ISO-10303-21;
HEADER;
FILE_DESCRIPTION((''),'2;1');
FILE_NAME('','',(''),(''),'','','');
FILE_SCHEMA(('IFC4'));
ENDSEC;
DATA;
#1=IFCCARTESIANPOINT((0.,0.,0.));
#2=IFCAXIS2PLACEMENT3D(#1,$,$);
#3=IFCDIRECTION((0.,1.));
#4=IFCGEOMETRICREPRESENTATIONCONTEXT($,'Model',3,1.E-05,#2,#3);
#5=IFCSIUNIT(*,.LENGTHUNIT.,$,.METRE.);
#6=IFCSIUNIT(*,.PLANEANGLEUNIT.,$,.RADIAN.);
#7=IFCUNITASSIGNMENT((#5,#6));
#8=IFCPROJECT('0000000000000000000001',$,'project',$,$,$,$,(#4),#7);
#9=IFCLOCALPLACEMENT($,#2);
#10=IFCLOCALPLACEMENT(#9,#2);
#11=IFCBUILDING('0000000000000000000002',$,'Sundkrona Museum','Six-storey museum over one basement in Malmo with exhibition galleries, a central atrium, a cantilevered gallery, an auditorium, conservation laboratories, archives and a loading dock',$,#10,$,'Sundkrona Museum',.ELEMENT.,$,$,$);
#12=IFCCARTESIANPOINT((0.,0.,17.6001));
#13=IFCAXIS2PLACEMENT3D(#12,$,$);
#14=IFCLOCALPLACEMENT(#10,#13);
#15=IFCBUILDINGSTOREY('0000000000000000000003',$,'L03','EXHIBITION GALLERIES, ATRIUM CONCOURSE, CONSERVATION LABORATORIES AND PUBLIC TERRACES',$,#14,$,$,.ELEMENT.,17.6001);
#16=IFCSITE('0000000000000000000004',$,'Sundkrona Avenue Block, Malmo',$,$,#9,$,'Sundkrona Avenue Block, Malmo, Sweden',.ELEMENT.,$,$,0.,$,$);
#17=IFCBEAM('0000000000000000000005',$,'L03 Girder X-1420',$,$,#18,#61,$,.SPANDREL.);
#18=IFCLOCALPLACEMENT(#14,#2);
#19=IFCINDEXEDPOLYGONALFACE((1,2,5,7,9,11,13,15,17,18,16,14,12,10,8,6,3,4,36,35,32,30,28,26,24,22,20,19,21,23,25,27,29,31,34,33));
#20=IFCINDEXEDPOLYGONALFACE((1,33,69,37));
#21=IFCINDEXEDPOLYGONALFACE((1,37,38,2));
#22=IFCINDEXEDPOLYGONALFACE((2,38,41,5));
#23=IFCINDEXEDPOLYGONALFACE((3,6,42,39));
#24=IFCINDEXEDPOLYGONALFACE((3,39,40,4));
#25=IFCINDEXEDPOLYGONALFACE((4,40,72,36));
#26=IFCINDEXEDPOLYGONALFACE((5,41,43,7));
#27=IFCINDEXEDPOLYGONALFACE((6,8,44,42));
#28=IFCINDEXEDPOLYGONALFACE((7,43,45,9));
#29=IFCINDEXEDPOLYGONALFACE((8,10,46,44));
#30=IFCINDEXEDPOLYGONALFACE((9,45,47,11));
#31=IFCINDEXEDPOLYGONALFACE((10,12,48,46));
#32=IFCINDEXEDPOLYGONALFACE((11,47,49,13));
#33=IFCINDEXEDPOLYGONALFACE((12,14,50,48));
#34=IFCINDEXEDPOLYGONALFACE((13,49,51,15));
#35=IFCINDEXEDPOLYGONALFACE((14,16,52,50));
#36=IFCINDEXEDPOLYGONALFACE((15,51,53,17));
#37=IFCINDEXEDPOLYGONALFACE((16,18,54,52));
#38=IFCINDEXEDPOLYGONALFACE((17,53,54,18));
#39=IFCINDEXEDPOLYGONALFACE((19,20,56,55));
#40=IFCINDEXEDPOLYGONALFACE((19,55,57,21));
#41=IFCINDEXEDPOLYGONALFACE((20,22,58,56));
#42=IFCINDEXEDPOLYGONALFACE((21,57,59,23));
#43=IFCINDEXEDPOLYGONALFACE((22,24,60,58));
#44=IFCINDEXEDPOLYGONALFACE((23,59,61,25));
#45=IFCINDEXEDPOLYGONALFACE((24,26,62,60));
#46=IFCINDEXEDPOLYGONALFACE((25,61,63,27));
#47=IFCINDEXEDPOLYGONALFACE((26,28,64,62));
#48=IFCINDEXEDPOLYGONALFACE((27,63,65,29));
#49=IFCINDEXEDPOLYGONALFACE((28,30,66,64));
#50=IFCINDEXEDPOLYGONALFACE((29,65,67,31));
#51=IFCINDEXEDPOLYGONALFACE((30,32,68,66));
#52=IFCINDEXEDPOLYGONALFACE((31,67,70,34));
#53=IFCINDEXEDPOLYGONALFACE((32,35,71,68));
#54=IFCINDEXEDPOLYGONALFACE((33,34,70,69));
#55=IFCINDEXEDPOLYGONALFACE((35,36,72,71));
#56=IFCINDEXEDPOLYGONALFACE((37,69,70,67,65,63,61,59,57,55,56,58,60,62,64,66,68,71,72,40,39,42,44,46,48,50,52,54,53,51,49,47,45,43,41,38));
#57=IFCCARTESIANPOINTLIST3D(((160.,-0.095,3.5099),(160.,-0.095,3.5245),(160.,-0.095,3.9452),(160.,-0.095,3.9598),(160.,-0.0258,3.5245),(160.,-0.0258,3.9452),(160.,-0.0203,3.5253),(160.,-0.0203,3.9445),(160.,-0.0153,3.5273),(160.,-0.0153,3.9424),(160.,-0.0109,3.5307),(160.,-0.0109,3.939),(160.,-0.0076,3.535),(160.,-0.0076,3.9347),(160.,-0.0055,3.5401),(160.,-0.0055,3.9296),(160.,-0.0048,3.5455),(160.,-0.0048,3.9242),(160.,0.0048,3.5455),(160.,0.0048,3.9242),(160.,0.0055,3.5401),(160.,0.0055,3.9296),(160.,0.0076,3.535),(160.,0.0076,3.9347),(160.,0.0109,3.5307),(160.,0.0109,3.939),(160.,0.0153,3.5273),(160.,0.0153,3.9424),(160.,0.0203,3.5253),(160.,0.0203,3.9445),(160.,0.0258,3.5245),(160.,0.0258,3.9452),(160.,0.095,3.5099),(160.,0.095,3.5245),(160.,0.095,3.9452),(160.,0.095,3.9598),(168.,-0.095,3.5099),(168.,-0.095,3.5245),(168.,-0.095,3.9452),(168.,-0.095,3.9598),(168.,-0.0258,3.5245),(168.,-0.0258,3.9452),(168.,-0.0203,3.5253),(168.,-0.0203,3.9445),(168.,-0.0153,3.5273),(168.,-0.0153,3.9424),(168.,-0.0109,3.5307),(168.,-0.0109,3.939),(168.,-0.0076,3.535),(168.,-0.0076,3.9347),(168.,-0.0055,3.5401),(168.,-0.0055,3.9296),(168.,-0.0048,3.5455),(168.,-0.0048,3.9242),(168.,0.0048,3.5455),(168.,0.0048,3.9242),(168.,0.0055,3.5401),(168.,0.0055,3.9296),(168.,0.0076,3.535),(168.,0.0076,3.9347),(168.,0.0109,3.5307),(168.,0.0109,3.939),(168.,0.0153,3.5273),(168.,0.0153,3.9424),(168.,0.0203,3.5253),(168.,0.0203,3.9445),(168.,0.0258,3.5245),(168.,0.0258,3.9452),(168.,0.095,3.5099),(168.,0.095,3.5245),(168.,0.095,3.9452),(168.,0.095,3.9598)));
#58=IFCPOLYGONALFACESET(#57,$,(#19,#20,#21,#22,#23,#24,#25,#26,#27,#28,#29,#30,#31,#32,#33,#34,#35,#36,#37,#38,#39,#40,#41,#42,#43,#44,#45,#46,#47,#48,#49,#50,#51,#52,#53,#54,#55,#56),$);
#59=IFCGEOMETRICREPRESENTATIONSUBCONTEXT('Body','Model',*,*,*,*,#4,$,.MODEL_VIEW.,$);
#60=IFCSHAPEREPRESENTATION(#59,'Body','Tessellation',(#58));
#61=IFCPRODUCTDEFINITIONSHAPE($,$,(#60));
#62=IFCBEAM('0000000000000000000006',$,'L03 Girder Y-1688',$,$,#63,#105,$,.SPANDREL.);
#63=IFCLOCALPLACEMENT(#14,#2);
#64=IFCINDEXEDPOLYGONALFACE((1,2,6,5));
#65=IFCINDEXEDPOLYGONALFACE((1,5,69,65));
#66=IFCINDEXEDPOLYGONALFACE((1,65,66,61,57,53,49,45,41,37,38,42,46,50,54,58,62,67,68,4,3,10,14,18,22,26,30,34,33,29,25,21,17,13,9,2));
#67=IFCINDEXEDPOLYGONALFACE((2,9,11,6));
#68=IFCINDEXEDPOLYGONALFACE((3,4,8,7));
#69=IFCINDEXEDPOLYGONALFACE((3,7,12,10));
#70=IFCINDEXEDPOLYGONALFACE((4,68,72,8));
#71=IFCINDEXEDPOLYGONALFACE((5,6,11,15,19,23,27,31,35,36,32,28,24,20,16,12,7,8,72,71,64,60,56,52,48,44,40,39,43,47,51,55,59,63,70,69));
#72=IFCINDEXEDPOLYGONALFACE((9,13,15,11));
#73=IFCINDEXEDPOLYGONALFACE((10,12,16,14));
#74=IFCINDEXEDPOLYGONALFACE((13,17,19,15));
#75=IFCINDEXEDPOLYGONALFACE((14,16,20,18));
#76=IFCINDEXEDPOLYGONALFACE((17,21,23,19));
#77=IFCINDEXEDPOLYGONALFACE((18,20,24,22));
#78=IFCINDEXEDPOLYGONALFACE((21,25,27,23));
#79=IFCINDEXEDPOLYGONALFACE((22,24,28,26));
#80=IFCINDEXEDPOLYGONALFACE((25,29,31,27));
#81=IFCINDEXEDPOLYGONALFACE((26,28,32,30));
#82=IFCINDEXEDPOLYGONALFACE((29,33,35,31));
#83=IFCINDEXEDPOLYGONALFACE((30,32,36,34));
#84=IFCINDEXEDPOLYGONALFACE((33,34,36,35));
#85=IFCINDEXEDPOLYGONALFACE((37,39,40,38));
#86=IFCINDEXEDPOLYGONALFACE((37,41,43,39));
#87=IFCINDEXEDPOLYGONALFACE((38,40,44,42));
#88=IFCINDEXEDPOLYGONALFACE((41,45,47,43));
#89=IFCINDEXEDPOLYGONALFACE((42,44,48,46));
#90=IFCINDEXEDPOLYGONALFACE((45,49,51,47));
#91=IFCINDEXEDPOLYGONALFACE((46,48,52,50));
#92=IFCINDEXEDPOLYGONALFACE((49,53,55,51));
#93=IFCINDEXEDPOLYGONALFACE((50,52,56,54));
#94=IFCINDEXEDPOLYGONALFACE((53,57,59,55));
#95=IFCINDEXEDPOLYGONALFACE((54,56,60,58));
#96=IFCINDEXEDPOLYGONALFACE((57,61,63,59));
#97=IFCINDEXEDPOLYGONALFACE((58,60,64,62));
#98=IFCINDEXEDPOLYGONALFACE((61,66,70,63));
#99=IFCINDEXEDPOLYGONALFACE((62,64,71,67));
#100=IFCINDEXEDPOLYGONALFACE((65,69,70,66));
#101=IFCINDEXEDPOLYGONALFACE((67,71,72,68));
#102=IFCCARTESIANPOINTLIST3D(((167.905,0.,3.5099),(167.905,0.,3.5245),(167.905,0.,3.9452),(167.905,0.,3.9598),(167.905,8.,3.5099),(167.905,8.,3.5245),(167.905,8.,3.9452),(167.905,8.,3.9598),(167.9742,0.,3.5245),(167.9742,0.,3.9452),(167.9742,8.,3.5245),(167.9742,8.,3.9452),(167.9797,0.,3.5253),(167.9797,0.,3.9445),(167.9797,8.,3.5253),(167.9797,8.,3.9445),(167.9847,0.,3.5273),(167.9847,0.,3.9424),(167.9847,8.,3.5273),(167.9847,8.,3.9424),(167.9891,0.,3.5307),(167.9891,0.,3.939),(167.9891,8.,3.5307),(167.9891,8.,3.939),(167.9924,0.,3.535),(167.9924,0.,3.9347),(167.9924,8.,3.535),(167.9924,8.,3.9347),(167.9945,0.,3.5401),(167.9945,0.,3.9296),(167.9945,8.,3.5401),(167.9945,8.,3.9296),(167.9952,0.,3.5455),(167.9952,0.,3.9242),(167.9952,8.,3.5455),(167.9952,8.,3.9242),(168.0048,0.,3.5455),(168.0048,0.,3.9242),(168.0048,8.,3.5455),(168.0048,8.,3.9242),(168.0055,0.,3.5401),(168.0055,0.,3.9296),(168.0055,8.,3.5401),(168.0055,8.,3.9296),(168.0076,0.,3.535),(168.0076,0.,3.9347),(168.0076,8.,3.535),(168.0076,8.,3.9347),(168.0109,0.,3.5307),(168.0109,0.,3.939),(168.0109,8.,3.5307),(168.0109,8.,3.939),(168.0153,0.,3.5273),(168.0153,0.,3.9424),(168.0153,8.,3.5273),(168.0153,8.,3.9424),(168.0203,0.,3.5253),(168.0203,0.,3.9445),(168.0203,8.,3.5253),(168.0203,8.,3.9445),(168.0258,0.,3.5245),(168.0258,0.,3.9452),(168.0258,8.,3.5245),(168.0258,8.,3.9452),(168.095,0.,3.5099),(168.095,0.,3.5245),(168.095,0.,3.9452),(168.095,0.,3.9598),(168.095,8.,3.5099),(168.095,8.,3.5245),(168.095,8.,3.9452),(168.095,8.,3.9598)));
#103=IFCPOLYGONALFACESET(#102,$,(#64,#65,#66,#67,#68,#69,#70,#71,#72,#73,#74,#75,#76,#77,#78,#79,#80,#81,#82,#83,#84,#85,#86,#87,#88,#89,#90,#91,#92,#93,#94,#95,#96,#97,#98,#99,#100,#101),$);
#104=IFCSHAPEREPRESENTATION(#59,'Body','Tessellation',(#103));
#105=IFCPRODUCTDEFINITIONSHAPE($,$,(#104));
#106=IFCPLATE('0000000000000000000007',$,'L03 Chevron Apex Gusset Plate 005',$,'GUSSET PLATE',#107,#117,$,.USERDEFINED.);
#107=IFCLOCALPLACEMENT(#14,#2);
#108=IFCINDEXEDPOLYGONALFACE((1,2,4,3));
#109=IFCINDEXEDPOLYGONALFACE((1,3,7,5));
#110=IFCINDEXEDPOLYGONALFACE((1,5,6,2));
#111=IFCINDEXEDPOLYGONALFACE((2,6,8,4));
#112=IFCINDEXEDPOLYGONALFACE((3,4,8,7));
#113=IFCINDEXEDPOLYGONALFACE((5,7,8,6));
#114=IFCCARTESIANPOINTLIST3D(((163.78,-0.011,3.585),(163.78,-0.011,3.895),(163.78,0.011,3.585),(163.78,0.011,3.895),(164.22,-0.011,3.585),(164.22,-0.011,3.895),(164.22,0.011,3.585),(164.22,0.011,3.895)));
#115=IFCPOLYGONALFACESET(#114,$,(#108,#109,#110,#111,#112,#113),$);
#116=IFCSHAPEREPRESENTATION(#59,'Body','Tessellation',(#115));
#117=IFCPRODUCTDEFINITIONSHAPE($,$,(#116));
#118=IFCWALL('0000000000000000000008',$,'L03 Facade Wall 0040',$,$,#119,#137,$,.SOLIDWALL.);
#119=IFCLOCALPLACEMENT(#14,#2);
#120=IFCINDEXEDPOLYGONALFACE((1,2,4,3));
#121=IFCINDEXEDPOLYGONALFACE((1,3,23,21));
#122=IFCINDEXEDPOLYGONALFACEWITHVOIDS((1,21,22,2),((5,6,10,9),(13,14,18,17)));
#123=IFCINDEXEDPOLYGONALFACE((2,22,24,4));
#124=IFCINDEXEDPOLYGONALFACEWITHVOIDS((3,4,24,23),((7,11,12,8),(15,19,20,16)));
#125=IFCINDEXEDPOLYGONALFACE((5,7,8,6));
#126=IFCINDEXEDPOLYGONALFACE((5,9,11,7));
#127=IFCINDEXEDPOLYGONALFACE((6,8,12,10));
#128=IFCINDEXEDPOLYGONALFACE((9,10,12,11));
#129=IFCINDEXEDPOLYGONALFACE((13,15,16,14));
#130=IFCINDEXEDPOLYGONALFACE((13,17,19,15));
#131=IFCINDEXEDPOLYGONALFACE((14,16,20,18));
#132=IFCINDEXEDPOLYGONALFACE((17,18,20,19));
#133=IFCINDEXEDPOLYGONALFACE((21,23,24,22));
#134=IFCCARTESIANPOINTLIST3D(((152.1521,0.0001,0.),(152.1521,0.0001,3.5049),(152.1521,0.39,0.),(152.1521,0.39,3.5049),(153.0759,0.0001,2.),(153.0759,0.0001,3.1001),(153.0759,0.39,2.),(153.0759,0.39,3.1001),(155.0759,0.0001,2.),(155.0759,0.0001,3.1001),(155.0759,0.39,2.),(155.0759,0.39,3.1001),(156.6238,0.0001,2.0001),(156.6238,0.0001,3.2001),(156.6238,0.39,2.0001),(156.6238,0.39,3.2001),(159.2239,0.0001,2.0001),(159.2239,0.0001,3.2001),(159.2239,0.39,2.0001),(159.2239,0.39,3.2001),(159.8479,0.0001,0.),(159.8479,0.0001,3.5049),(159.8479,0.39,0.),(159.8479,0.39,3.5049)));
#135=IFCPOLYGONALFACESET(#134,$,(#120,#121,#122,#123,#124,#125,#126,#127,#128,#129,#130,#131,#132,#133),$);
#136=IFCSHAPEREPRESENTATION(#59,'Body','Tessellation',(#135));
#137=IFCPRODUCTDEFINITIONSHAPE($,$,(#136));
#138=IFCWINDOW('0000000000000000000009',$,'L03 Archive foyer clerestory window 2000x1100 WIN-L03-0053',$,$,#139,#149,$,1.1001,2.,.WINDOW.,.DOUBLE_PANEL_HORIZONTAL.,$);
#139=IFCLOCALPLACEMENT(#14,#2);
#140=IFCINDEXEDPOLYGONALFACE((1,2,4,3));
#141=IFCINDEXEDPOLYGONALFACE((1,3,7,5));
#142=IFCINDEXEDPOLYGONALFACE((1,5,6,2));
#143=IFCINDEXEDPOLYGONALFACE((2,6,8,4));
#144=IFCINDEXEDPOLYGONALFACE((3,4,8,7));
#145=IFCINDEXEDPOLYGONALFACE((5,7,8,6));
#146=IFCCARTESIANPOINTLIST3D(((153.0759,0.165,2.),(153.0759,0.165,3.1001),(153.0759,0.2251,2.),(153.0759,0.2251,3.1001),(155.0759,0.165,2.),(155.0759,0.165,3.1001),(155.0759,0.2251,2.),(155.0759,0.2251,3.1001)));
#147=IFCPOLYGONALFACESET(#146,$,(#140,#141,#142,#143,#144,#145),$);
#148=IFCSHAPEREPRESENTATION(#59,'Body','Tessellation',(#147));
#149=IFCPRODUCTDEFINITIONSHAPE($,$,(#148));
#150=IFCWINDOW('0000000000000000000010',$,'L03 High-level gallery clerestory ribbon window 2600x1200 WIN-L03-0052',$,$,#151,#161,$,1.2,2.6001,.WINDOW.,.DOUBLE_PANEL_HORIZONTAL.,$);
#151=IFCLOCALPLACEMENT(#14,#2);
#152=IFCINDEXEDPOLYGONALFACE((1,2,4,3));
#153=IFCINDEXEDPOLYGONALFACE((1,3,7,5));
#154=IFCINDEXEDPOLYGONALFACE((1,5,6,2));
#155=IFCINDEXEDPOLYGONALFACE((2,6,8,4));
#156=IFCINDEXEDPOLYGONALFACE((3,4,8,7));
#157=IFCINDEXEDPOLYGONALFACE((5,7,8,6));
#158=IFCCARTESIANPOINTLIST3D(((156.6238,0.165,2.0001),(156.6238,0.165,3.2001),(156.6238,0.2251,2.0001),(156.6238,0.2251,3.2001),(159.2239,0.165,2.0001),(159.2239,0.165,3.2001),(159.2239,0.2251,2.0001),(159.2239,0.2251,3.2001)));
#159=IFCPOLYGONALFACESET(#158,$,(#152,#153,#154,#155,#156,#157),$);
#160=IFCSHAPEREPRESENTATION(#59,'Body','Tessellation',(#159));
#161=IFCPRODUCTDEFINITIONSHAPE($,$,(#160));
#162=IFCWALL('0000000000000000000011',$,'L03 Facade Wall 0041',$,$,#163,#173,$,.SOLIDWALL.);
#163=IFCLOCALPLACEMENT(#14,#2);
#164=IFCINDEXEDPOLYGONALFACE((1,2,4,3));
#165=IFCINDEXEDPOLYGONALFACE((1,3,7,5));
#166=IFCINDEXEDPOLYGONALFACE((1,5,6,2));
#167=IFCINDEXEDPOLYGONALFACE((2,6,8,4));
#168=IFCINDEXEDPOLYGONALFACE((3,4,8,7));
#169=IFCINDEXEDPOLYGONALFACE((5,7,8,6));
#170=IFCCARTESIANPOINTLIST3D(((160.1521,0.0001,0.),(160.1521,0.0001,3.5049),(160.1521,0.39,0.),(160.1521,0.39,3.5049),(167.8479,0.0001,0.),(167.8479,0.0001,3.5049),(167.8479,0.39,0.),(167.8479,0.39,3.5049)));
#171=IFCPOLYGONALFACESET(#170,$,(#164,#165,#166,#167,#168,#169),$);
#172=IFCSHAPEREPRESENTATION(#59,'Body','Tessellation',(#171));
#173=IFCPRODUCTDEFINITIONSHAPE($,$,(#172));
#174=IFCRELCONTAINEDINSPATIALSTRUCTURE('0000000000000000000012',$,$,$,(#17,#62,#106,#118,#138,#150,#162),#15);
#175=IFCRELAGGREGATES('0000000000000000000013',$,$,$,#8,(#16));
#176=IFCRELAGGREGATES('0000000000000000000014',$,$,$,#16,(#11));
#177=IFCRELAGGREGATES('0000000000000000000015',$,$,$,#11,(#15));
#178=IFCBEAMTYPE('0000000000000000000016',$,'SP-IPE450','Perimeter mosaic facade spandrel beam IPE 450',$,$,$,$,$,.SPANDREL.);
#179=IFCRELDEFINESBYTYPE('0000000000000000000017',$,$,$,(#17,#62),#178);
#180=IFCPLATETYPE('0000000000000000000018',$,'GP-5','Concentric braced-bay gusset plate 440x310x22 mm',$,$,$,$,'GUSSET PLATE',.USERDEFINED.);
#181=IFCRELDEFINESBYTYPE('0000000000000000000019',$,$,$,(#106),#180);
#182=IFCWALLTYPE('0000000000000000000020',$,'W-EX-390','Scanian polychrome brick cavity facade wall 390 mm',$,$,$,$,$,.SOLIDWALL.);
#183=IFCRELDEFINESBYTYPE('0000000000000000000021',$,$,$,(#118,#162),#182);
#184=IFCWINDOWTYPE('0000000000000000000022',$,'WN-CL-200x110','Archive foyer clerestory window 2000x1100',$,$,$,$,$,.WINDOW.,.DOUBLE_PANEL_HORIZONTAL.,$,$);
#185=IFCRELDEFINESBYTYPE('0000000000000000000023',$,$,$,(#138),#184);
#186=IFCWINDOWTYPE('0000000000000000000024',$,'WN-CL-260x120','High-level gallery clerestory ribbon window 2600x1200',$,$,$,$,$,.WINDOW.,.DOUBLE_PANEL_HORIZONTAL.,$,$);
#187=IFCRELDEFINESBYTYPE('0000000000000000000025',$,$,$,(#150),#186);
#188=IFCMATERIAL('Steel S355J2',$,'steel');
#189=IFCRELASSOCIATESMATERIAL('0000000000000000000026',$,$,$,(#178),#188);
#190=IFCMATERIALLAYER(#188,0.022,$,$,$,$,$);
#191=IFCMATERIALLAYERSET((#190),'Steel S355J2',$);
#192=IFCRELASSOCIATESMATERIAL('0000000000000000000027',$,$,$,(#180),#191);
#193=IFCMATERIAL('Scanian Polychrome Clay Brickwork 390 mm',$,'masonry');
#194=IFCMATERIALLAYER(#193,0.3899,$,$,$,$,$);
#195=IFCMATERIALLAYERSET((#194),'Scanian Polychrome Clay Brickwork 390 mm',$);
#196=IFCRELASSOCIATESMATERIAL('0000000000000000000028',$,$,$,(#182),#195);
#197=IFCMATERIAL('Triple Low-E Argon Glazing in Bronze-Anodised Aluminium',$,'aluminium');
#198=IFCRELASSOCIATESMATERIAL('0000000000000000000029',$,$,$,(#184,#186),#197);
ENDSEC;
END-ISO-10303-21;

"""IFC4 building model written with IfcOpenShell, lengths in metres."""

from ifc_helpers import new_model, si_unit, direction, frame, frame_2d, origin, origin_2d, place, context, subcontext, project, spatial, rectangle, i_section, extrude, material, layer, layer_set, material_profile, profile_set, type_object, element, fill, save


model = new_model("IFC4")

# Units and contexts
model_context = context("Model", 3, precision=1e-05, world=origin(), true_north=direction((0.0, 1.0)))
body_context = subcontext(model_context, "Body", "Model", "MODEL_VIEW")
ifc_project = project(units=[si_unit("LENGTHUNIT", "METRE"), si_unit("PLANEANGLEUNIT", "RADIAN")], contexts=[model_context])

# Site, building, storey
site_placement = place(None, origin())
site = spatial("IfcSite", under=ifc_project, at=site_placement, Name="Sundkrona Avenue Block, Malmo", LongName="Sundkrona Avenue Block, Malmo, Sweden", CompositionType="ELEMENT", RefElevation=0.0)
building_placement = place(site_placement, origin())
building = spatial("IfcBuilding", under=site, at=building_placement, Name="Sundkrona Museum", Description="Six-storey museum over one basement in Malmo with exhibition galleries, a central atrium, a cantilevered gallery, an auditorium, conservation laboratories, archives and a loading dock", LongName="Sundkrona Museum", CompositionType="ELEMENT")
storey_placement = place(building_placement, frame((0.0, 0.0, 17.6001)))
storey = spatial("IfcBuildingStorey", under=building, at=storey_placement, Name="L03", Description="EXHIBITION GALLERIES, ATRIUM CONCOURSE, CONSERVATION LABORATORIES AND PUBLIC TERRACES", CompositionType="ELEMENT", Elevation=17.6001)

# Shared definitions
ifc_material_1 = material(Name="Steel S355J2", Category="steel")

# Beams
ifc_material_profile_1 = material_profile(ifc_material_1, i_section(OverallWidth=0.1899, OverallDepth=0.45, WebThickness=0.0095, FlangeThickness=0.0146, FilletRadius=0.021, at=origin_2d()), Name="IPE 450")
ifc_profile_set_1 = profile_set([ifc_material_profile_1], Name="Steel S355J2")
beam_type_1 = type_object("IfcBeamType", Name="SP-IPE450", Description="Perimeter mosaic facade spandrel beam IPE 450", PredefinedType="SPANDREL", material=ifc_profile_set_1)
for number, where, z_axis, x_axis, name in (
    (1, (160.0, 0.0, 3.7349), (1.0, 0.0, 0.0), (0.0, 1.0, 0.0), "L03 Girder X-1420"),
    (2, (168.0, 0.0, 3.7349), (0.0, 1.0, 0.0), (-1.0, 0.0, 0.0), "L03 Girder Y-1688"),
):
    element("IfcBeam", number, at=place(storey_placement, frame(where, z_axis=z_axis, x_axis=x_axis)), inside=storey, type_object=beam_type_1, Name=name, PredefinedType="SPANDREL", context=body_context, shape_type="SweptSolid", body=[
        extrude(i_section(OverallWidth=0.1899, OverallDepth=0.45, WebThickness=0.0095, FlangeThickness=0.0146, FilletRadius=0.021, at=origin_2d()), origin(), (0.0, 0.0, 1.0), 8.0),
    ])

# Plate
ifc_layer_1 = layer(ifc_material_1, 0.022)
ifc_layer_set_1 = layer_set([ifc_layer_1], Name="Steel S355J2")
plate_type = type_object("IfcPlateType", Name="GP-5", Description="Concentric braced-bay gusset plate 440x310x22 mm", ElementType="GUSSET PLATE", PredefinedType="USERDEFINED", material=ifc_layer_set_1)
plate_placement = place(storey_placement, frame((164.0, 0.0, 3.585), z_axis=(0.0, 0.0, 1.0), x_axis=(1.0, 0.0, 0.0)))
element("IfcPlate", 3, at=plate_placement, inside=storey, type_object=plate_type, Name="L03 Chevron Apex Gusset Plate 005", ObjectType="GUSSET PLATE", PredefinedType="USERDEFINED", context=body_context, shape_type="SweptSolid", body=[
    extrude(rectangle(XDim=0.4399, YDim=0.022, at=origin_2d()), origin(), (0.0, 0.0, 1.0), 0.3101),
])

# Wall, openings, windows
ifc_material_2 = material(Name="Scanian Polychrome Clay Brickwork 390 mm", Category="masonry")
ifc_layer_2 = layer(ifc_material_2, 0.3899)
ifc_layer_set_2 = layer_set([ifc_layer_2], Name="Scanian Polychrome Clay Brickwork 390 mm")
wall_type = type_object("IfcWallType", Name="W-EX-390", Description="Scanian polychrome brick cavity facade wall 390 mm", PredefinedType="SOLIDWALL", material=ifc_layer_set_2)
wall_1_placement = place(storey_placement, frame((159.8479, 0.1951, 0.0), z_axis=(0.0, 0.0, 1.0), x_axis=(-1.0, 0.0, 0.0)))
wall_1 = element("IfcWall", 4, at=wall_1_placement, inside=storey, type_object=wall_type, Name="L03 Facade Wall 0040", PredefinedType="SOLIDWALL", context=body_context, shape_type="SweptSolid", body=[
    extrude(rectangle(XDim=7.6958, YDim=0.3899, at=frame_2d((3.8479, 0.0))), origin(), (0.0, 0.0, 1.0), 3.5049),
])
opening_1_placement = place(wall_1_placement, frame((0.624, 0.0, 2.0)))
opening_1 = element("IfcOpeningElement", 5, at=opening_1_placement, cuts=wall_1, PredefinedType="OPENING", context=body_context, shape_type="SweptSolid", body=[
    extrude(rectangle(XDim=2.6001, YDim=1.2, at=frame_2d((1.3, 0.6001))), frame((0.0, 0.2048, 0.0), z_axis=(0.0, -1.0, 0.0), x_axis=(1.0, 0.0, 0.0)), (0.0, 0.0, 1.0), 0.4099),
])
opening_2_placement = place(wall_1_placement, frame((4.772, 0.0, 2.0)))
opening_2 = element("IfcOpeningElement", 6, at=opening_2_placement, cuts=wall_1, PredefinedType="OPENING", context=body_context, shape_type="SweptSolid", body=[
    extrude(rectangle(XDim=2.0, YDim=1.1001, at=frame_2d((1.0, 0.55))), frame((0.0, 0.2048, 0.0), z_axis=(0.0, -1.0, 0.0), x_axis=(1.0, 0.0, 0.0)), (0.0, 0.0, 1.0), 0.4099),
])
ifc_material_3 = material(Name="Triple Low-E Argon Glazing in Bronze-Anodised Aluminium", Category="aluminium")
window_type_1 = type_object("IfcWindowType", Name="WN-CL-200x110", Description="Archive foyer clerestory window 2000x1100", PartitioningType="DOUBLE_PANEL_HORIZONTAL", PredefinedType="WINDOW", material=ifc_material_3)
window_1_placement = place(opening_2_placement, origin())
window_1 = element("IfcWindow", 7, at=window_1_placement, inside=storey, type_object=window_type_1, Name="L03 Archive foyer clerestory window 2000x1100 WIN-L03-0053", OverallHeight=1.1001, OverallWidth=2.0, PartitioningType="DOUBLE_PANEL_HORIZONTAL", PredefinedType="WINDOW", context=body_context, shape_type="SweptSolid", body=[
    extrude(rectangle(XDim=2.0, YDim=1.1001, at=frame_2d((1.0, 0.55))), frame((0.0, 0.03, 0.0), z_axis=(0.0, -1.0, 0.0), x_axis=(1.0, 0.0, 0.0)), (0.0, 0.0, 1.0), 0.0601),
])
fill(opening_2, window_1)
window_type_2 = type_object("IfcWindowType", Name="WN-CL-260x120", Description="High-level gallery clerestory ribbon window 2600x1200", PartitioningType="DOUBLE_PANEL_HORIZONTAL", PredefinedType="WINDOW", material=ifc_material_3)
window_2_placement = place(opening_1_placement, origin())
window_2 = element("IfcWindow", 8, at=window_2_placement, inside=storey, type_object=window_type_2, Name="L03 High-level gallery clerestory ribbon window 2600x1200 WIN-L03-0052", OverallHeight=1.2, OverallWidth=2.6001, PartitioningType="DOUBLE_PANEL_HORIZONTAL", PredefinedType="WINDOW", context=body_context, shape_type="SweptSolid", body=[
    extrude(rectangle(XDim=2.6001, YDim=1.2, at=frame_2d((1.3, 0.6001))), frame((0.0, 0.03, 0.0), z_axis=(0.0, -1.0, 0.0), x_axis=(1.0, 0.0, 0.0)), (0.0, 0.0, 1.0), 0.0601),
])
fill(opening_1, window_2)

# Wall
wall_2_placement = place(storey_placement, frame((167.8479, 0.1951, 0.0), z_axis=(0.0, 0.0, 1.0), x_axis=(-1.0, 0.0, 0.0)))
element("IfcWall", 9, at=wall_2_placement, inside=storey, type_object=wall_type, Name="L03 Facade Wall 0041", PredefinedType="SOLIDWALL", context=body_context, shape_type="SweptSolid", body=[
    extrude(rectangle(XDim=7.6958, YDim=0.3899, at=frame_2d((3.8479, 0.0))), origin(), (0.0, 0.0, 1.0), 3.5049),
])

save(model, "model.ifc")
